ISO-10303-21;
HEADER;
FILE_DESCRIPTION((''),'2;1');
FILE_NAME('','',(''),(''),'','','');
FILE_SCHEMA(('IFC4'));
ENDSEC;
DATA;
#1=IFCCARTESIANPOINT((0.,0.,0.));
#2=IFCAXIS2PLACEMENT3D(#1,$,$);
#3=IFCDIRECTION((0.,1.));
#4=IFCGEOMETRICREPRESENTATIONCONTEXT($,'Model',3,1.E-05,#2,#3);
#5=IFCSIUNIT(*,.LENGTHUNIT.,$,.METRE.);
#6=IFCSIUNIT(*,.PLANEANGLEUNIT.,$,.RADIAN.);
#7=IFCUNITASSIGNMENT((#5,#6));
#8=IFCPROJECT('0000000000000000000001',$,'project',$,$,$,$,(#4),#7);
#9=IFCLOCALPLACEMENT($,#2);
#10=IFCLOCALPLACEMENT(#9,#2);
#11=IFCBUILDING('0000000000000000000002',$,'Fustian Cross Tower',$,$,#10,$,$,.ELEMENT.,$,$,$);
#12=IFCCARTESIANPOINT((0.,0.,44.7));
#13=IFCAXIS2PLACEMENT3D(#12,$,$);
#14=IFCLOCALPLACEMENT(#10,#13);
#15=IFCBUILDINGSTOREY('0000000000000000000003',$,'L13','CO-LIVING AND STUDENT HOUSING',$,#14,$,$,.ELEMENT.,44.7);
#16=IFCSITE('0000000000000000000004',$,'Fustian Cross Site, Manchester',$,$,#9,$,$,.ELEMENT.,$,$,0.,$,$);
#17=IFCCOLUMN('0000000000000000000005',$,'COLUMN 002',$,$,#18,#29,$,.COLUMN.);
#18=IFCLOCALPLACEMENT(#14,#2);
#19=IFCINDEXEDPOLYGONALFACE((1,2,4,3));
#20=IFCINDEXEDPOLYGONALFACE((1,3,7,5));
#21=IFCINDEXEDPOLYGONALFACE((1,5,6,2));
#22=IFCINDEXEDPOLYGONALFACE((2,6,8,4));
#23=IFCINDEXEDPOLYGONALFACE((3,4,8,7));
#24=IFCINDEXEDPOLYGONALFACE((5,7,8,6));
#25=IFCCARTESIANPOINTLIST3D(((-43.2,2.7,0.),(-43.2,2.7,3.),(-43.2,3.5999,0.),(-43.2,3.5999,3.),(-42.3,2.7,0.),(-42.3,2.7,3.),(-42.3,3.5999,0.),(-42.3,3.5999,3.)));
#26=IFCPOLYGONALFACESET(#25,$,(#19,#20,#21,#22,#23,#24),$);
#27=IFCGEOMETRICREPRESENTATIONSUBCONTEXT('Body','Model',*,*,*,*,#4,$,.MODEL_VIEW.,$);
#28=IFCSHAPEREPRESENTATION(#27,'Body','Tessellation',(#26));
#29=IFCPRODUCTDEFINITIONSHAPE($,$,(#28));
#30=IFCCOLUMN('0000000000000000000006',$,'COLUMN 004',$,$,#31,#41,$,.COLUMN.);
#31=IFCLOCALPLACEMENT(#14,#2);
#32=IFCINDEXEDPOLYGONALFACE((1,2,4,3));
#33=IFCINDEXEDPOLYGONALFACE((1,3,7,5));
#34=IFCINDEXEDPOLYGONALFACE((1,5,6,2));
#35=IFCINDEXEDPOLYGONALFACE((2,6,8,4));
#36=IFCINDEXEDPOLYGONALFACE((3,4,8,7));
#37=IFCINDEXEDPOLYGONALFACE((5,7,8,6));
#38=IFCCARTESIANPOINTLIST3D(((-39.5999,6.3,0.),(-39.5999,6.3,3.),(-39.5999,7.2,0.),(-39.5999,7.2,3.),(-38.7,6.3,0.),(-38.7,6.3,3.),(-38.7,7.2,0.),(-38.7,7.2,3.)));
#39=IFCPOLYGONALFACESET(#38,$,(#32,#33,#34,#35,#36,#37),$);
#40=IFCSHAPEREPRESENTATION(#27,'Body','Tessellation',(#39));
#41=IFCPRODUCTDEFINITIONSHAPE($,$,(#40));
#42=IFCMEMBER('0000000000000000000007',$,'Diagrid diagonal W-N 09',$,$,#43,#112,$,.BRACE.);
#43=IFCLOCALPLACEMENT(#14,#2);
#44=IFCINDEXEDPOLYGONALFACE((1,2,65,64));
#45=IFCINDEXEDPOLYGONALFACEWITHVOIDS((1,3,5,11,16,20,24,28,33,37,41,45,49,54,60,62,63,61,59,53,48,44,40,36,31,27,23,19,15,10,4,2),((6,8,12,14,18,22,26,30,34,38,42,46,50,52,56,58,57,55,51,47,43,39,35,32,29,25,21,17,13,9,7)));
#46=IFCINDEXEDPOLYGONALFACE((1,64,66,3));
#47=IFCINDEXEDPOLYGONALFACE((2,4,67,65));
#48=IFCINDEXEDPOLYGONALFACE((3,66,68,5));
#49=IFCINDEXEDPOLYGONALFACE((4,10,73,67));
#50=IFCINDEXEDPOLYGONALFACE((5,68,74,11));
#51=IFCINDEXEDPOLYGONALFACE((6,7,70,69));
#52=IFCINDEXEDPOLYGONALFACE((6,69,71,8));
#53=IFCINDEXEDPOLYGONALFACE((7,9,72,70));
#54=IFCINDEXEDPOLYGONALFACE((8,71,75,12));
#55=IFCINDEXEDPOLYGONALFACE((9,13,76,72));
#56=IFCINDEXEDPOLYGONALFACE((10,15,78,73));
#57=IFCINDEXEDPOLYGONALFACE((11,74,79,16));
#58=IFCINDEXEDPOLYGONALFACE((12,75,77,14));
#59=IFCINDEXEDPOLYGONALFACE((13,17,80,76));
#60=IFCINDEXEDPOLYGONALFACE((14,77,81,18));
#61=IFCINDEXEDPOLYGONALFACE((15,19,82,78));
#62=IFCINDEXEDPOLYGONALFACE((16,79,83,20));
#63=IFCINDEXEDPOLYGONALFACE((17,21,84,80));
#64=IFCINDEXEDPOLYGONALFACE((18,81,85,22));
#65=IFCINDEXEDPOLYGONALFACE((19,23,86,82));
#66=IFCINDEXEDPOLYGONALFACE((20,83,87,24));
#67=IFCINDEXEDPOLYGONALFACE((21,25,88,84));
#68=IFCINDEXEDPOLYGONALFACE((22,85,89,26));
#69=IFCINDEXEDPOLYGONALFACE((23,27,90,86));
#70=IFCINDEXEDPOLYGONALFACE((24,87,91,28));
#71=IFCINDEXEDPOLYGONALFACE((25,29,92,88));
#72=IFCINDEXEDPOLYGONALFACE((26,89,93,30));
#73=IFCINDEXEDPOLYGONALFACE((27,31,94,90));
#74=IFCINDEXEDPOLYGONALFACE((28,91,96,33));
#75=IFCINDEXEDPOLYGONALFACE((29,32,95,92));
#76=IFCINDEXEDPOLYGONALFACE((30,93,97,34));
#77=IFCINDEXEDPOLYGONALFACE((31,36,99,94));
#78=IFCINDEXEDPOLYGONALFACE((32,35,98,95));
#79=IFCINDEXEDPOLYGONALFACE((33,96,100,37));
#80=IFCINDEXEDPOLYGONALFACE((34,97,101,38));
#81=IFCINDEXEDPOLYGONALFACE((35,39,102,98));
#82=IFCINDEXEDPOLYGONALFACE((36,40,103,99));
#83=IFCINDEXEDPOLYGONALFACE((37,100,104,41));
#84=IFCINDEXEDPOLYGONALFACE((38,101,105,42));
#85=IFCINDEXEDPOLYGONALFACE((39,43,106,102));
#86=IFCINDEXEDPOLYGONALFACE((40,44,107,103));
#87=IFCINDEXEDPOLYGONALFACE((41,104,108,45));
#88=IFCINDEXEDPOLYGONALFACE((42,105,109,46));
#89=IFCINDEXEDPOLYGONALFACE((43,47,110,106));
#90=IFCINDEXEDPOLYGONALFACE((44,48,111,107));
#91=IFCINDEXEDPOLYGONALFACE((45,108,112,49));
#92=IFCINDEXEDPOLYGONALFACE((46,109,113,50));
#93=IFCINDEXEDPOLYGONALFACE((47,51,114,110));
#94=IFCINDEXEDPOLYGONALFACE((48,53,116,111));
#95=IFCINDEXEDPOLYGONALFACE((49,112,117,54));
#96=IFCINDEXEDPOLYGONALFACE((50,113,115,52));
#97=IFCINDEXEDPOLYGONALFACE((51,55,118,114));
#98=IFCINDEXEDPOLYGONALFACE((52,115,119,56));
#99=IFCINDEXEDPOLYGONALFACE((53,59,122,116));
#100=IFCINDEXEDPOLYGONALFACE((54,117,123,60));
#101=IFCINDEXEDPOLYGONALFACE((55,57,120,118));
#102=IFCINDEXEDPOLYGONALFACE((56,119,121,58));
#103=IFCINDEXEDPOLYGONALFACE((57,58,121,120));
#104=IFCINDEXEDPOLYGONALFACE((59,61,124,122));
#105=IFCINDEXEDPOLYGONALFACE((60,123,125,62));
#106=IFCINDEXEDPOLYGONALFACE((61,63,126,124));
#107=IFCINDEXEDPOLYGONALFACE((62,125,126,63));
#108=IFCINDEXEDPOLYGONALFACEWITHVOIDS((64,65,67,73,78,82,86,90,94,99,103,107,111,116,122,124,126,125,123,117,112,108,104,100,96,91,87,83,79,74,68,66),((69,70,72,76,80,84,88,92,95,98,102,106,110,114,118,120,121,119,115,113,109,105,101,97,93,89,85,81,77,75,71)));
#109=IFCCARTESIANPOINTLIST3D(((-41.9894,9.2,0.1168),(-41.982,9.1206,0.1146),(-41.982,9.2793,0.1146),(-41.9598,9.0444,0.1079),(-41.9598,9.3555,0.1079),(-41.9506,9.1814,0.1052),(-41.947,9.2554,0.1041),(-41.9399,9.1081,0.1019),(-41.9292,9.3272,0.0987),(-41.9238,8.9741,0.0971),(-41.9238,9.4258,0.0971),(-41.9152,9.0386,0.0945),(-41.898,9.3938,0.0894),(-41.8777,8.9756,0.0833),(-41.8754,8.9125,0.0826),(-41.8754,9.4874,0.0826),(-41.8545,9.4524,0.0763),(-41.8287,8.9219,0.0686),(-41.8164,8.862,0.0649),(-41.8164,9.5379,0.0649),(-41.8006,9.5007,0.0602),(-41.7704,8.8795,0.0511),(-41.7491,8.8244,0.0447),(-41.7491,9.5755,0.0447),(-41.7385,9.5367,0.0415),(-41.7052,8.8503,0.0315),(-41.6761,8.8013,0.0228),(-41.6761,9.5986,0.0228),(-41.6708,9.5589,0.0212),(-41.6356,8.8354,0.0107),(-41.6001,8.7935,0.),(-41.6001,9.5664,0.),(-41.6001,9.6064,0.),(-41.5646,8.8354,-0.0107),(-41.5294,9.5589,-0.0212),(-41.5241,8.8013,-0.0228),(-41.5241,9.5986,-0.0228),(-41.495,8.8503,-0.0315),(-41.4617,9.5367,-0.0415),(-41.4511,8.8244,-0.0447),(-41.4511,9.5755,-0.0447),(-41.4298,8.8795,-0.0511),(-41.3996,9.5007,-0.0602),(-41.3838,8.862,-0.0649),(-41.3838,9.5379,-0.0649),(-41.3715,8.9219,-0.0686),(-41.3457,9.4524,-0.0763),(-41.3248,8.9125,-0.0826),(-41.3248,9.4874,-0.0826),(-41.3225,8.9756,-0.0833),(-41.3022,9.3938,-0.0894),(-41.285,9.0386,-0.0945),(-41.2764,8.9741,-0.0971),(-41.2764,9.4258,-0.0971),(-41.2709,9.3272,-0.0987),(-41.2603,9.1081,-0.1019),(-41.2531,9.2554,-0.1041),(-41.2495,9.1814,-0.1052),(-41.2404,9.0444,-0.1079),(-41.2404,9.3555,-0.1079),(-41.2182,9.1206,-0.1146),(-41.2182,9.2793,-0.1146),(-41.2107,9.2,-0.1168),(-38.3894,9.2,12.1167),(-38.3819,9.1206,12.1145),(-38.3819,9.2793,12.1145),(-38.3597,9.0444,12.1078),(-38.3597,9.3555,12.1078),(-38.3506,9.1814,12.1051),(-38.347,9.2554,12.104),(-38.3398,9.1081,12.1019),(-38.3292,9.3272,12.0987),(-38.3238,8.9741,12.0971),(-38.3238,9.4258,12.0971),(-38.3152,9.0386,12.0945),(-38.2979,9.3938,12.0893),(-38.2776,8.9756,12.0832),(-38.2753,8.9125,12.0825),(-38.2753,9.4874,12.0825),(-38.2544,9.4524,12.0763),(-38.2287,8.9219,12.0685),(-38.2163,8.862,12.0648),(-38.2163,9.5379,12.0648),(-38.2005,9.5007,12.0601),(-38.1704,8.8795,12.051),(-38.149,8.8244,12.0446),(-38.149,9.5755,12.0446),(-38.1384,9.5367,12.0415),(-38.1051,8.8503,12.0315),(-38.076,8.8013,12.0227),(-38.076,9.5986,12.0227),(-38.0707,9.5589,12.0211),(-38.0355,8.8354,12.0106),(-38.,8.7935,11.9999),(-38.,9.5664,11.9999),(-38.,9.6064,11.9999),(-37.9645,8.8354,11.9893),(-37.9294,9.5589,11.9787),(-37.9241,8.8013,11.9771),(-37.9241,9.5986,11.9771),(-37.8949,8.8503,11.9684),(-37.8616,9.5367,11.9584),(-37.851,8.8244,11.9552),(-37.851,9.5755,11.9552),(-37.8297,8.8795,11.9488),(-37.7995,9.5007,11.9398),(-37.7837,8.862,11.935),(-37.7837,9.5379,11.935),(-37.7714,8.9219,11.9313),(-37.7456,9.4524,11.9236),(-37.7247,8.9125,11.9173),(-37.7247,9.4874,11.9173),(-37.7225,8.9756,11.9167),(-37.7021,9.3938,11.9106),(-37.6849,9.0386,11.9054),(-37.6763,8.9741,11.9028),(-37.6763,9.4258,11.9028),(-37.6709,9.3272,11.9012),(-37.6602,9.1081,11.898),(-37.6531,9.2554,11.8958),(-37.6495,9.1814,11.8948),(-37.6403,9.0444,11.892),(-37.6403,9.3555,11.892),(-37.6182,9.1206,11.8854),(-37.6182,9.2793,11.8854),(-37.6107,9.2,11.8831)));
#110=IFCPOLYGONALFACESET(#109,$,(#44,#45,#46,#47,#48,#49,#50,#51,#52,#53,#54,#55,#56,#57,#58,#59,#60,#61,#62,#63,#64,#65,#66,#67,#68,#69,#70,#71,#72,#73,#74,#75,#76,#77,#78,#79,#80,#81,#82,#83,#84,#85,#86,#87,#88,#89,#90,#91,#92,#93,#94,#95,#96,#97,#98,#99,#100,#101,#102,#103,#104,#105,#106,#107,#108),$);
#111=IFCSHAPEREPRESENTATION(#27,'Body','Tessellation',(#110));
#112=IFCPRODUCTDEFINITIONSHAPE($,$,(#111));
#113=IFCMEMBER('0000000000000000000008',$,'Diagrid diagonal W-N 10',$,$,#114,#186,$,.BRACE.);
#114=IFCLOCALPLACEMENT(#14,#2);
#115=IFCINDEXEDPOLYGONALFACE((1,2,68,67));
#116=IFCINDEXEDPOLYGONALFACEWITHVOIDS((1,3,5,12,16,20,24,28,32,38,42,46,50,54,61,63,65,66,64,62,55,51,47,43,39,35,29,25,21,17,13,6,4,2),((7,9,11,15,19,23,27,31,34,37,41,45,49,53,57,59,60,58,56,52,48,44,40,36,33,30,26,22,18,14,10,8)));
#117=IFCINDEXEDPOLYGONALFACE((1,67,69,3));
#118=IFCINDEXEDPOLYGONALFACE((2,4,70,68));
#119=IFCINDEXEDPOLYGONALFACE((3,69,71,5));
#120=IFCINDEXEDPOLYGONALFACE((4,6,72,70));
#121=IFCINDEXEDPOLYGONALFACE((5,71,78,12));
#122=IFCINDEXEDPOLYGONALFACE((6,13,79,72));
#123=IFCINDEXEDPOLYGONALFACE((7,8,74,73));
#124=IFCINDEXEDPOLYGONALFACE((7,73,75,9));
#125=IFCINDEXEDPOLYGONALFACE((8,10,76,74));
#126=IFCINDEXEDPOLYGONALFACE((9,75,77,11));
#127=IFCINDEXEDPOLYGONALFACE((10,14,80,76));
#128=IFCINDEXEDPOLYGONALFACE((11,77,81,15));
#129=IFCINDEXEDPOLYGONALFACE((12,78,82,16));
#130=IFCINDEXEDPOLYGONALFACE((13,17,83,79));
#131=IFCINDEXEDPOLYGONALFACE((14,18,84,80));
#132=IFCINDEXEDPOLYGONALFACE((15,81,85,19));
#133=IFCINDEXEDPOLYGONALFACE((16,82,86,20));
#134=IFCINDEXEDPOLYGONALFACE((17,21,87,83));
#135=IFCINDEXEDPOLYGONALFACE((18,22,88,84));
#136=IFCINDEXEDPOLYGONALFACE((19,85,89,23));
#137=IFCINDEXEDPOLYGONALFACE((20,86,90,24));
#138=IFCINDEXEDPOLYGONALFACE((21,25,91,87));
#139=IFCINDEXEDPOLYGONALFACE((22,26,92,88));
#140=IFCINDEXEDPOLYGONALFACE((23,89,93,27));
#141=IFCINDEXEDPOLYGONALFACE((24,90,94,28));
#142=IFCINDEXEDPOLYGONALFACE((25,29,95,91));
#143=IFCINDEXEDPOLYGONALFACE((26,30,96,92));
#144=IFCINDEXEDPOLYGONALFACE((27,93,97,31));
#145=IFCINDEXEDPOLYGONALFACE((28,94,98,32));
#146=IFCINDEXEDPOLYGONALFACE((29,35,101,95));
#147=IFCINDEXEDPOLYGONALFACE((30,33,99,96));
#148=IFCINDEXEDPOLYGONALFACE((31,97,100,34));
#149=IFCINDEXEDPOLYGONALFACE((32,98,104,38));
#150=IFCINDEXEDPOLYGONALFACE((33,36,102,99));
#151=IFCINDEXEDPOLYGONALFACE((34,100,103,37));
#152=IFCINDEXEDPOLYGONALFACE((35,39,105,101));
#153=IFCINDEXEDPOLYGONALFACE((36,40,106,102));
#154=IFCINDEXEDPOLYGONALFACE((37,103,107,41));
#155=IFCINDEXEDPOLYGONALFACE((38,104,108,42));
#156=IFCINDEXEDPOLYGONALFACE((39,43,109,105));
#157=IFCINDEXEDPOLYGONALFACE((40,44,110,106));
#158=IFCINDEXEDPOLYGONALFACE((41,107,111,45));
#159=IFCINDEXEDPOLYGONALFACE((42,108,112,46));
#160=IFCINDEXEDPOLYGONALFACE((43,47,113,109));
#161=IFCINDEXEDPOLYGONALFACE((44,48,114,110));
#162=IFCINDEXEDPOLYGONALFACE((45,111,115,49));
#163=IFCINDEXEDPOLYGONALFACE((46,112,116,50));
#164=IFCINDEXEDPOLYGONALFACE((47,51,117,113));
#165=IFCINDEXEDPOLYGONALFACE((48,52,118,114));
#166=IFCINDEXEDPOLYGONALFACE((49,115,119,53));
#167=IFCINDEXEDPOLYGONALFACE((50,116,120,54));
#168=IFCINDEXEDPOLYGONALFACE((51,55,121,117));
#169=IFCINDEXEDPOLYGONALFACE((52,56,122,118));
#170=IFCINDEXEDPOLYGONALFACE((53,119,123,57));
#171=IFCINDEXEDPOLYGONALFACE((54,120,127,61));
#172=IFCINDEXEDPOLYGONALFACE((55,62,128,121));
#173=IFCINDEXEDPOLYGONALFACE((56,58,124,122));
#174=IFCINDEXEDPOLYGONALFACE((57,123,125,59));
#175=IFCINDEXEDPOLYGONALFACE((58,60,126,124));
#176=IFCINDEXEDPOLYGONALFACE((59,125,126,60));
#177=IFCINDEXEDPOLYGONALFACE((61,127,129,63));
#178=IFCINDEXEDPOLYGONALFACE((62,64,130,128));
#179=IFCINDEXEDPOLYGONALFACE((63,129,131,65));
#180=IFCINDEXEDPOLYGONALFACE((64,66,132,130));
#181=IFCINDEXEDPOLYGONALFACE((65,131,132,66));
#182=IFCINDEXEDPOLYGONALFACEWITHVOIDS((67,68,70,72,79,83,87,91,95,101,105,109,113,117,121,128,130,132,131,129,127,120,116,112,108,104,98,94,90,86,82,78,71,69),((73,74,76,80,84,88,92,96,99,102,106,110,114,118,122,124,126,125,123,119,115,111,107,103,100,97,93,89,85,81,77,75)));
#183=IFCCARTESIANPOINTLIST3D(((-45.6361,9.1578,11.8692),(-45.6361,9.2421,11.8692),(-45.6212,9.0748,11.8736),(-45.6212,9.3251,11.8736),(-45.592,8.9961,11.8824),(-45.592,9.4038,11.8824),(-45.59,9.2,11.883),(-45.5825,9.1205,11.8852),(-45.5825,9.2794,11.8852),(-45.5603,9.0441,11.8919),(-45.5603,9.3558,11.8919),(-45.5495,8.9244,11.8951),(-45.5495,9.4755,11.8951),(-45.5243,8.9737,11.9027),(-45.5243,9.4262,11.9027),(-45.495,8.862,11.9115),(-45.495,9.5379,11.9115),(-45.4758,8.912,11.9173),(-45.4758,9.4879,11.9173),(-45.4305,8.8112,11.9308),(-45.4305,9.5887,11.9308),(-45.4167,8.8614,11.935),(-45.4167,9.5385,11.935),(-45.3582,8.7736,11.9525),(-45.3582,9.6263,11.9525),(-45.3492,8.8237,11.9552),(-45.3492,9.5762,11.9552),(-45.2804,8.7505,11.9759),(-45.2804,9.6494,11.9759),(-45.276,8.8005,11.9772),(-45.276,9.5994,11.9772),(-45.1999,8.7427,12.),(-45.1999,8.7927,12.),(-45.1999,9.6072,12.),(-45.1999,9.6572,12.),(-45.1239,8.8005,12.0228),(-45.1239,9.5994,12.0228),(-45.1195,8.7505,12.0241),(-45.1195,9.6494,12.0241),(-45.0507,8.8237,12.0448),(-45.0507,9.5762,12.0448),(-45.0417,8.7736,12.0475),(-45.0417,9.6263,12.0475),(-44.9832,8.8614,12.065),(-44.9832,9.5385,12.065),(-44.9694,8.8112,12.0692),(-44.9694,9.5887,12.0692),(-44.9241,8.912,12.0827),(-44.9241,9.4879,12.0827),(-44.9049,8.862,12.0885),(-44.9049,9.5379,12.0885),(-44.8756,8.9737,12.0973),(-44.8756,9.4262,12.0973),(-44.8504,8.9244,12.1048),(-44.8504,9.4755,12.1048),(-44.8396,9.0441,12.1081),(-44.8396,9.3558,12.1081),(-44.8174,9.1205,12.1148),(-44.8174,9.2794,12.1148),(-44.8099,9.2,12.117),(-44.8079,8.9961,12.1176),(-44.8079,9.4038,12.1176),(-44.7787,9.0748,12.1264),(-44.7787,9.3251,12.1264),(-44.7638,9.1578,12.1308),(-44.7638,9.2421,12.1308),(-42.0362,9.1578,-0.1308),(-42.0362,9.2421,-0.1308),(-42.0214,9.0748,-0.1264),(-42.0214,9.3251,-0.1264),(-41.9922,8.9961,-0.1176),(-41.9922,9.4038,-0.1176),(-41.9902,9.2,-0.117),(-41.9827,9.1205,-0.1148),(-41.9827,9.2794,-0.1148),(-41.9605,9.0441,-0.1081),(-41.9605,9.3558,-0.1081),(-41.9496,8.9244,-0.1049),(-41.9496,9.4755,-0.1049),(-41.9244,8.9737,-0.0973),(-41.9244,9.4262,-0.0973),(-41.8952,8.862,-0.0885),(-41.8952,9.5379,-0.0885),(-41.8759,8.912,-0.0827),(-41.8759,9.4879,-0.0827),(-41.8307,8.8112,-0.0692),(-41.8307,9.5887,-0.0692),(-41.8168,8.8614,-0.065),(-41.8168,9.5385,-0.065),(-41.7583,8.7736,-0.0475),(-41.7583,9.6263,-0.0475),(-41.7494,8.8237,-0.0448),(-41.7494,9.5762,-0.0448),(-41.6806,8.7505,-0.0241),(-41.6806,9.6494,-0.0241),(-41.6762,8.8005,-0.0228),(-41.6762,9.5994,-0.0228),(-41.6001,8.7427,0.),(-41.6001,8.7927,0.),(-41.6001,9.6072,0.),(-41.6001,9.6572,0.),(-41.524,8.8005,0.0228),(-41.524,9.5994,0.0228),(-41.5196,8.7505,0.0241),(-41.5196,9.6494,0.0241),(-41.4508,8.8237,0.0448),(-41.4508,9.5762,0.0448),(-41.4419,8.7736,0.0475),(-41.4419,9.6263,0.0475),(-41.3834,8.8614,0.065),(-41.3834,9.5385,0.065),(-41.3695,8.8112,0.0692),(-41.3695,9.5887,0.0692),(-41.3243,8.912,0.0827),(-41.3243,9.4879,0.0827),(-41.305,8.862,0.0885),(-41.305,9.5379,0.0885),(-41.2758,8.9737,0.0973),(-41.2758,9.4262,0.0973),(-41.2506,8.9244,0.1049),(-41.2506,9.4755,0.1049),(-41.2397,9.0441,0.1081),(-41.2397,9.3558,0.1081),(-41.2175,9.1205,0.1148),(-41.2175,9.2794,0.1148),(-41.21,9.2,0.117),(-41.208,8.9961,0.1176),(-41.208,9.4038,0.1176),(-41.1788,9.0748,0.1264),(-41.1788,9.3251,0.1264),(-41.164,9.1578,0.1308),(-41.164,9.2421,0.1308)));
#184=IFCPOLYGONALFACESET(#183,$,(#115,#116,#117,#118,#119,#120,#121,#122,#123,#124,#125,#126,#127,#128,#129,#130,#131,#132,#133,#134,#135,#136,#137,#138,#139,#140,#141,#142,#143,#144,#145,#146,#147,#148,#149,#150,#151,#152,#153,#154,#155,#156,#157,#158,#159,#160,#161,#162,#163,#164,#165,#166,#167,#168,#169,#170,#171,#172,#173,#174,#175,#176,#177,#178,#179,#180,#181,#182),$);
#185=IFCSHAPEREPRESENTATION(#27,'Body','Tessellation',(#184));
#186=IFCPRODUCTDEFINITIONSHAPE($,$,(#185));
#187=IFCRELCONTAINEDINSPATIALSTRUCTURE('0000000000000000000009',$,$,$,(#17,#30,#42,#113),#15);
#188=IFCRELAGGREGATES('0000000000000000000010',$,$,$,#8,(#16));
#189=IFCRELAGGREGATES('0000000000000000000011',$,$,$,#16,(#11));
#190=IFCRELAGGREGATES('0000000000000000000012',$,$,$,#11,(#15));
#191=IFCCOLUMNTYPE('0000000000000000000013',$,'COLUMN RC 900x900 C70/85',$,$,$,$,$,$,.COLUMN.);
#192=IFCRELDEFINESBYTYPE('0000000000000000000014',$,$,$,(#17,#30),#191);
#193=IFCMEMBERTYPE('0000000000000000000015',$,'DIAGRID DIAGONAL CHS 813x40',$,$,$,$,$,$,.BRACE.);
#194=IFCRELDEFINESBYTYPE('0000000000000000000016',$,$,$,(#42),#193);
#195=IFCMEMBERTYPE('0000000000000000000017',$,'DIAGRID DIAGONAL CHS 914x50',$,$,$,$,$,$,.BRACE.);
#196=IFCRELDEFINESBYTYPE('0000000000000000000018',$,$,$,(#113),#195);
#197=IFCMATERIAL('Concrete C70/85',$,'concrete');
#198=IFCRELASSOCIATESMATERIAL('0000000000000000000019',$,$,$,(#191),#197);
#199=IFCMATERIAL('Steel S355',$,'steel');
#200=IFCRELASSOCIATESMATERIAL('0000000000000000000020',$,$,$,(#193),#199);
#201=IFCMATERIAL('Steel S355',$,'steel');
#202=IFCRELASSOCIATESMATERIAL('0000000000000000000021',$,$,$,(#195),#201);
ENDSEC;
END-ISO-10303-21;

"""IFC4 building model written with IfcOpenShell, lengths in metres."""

from ifc_helpers import new_model, si_unit, direction, frame, origin, origin_2d, place, context, subcontext, project, spatial, rectangle, hollow_circle, extrude, material, material_profile, profile_set, type_object, element, save


model = new_model("IFC4")

# Units and contexts
model_context = context("Model", 3, precision=1e-05, world=origin(), true_north=direction((0.0, 1.0)))
body_context = subcontext(model_context, "Body", "Model", "MODEL_VIEW")
ifc_project = project(units=[si_unit("LENGTHUNIT", "METRE"), si_unit("PLANEANGLEUNIT", "RADIAN")], contexts=[model_context])

# Site, building, storey
site_placement = place(None, origin())
site = spatial("IfcSite", under=ifc_project, at=site_placement, Name="Fustian Cross Site, Manchester", CompositionType="ELEMENT", RefElevation=0.0)
building_placement = place(site_placement, origin())
building = spatial("IfcBuilding", under=site, at=building_placement, Name="Fustian Cross Tower", CompositionType="ELEMENT")
storey_placement = place(building_placement, frame((0.0, 0.0, 44.7)))
storey = spatial("IfcBuildingStorey", under=building, at=storey_placement, Name="L13", Description="CO-LIVING AND STUDENT HOUSING", CompositionType="ELEMENT", Elevation=44.7)

# Columns
ifc_material_1 = material(Name="Concrete C70/85", Category="concrete")
ifc_material_profile_1 = material_profile(ifc_material_1, rectangle(XDim=0.8999, YDim=0.8999, at=origin_2d()), Name="RC 900x900")
ifc_profile_set_1 = profile_set([ifc_material_profile_1], Name="Concrete C70/85")
column_type = type_object("IfcColumnType", Name="COLUMN RC 900x900 C70/85", PredefinedType="COLUMN", material=ifc_profile_set_1)
for number, where, z_axis, x_axis, name in (
    (1, (-42.75, 3.1499, 0.0), (0.0, 0.0, 1.0), (1.0, 0.0, 0.0), "COLUMN 002"),
    (2, (-39.1499, 6.75, 0.0), (0.0, 0.0, 1.0), (1.0, 0.0, 0.0), "COLUMN 004"),
):
    element("IfcColumn", number, at=place(storey_placement, frame(where, z_axis=z_axis, x_axis=x_axis)), inside=storey, type_object=column_type, Name=name, PredefinedType="COLUMN", context=body_context, shape_type="SweptSolid", body=[
        extrude(rectangle(XDim=0.8999, YDim=0.8999, at=origin_2d()), origin(), (0.0, 0.0, 1.0), 3.0),
    ])

# Members
ifc_material_2 = material(Name="Steel S355", Category="steel")
ifc_material_profile_2 = material_profile(ifc_material_2, hollow_circle(Radius=0.4065, WallThickness=0.04, at=origin_2d()), Name="CHS 813x40")
ifc_profile_set_2 = profile_set([ifc_material_profile_2], Name="Steel S355")
member_type_1 = type_object("IfcMemberType", Name="DIAGRID DIAGONAL CHS 813x40", PredefinedType="BRACE", material=ifc_profile_set_2)
member_1_placement = place(storey_placement, frame((-41.6001, 9.2, 0.0), z_axis=(0.287355, 0.0, 0.957824), x_axis=(0.0, 1.0, 0.0)))
element("IfcMember", 3, at=member_1_placement, inside=storey, type_object=member_type_1, Name="Diagrid diagonal W-N 09", PredefinedType="BRACE", context=body_context, shape_type="SweptSolid", body=[
    extrude(hollow_circle(Radius=0.4065, WallThickness=0.04, at=origin_2d()), origin(), (0.0, 0.0, 1.0), 12.5283),
])
ifc_material_3 = material(Name="Steel S355", Category="steel")
ifc_material_profile_3 = material_profile(ifc_material_3, hollow_circle(Radius=0.4573, WallThickness=0.05, at=origin_2d()), Name="CHS 914x50")
ifc_profile_set_3 = profile_set([ifc_material_profile_3], Name="Steel S355")
member_type_2 = type_object("IfcMemberType", Name="DIAGRID DIAGONAL CHS 914x50", PredefinedType="BRACE", material=ifc_profile_set_3)
member_2_placement = place(storey_placement, frame((-41.6001, 9.2, 0.0), z_axis=(-0.287337, 0.0, 0.95783), x_axis=(0.0, -1.0, 0.0)))
element("IfcMember", 4, at=member_2_placement, inside=storey, type_object=member_type_2, Name="Diagrid diagonal W-N 10", PredefinedType="BRACE", context=body_context, shape_type="SweptSolid", body=[
    extrude(hollow_circle(Radius=0.4573, WallThickness=0.05, at=origin_2d()), origin(), (0.0, 0.0, 1.0), 12.5283),
])

save(model, "model.ifc")
